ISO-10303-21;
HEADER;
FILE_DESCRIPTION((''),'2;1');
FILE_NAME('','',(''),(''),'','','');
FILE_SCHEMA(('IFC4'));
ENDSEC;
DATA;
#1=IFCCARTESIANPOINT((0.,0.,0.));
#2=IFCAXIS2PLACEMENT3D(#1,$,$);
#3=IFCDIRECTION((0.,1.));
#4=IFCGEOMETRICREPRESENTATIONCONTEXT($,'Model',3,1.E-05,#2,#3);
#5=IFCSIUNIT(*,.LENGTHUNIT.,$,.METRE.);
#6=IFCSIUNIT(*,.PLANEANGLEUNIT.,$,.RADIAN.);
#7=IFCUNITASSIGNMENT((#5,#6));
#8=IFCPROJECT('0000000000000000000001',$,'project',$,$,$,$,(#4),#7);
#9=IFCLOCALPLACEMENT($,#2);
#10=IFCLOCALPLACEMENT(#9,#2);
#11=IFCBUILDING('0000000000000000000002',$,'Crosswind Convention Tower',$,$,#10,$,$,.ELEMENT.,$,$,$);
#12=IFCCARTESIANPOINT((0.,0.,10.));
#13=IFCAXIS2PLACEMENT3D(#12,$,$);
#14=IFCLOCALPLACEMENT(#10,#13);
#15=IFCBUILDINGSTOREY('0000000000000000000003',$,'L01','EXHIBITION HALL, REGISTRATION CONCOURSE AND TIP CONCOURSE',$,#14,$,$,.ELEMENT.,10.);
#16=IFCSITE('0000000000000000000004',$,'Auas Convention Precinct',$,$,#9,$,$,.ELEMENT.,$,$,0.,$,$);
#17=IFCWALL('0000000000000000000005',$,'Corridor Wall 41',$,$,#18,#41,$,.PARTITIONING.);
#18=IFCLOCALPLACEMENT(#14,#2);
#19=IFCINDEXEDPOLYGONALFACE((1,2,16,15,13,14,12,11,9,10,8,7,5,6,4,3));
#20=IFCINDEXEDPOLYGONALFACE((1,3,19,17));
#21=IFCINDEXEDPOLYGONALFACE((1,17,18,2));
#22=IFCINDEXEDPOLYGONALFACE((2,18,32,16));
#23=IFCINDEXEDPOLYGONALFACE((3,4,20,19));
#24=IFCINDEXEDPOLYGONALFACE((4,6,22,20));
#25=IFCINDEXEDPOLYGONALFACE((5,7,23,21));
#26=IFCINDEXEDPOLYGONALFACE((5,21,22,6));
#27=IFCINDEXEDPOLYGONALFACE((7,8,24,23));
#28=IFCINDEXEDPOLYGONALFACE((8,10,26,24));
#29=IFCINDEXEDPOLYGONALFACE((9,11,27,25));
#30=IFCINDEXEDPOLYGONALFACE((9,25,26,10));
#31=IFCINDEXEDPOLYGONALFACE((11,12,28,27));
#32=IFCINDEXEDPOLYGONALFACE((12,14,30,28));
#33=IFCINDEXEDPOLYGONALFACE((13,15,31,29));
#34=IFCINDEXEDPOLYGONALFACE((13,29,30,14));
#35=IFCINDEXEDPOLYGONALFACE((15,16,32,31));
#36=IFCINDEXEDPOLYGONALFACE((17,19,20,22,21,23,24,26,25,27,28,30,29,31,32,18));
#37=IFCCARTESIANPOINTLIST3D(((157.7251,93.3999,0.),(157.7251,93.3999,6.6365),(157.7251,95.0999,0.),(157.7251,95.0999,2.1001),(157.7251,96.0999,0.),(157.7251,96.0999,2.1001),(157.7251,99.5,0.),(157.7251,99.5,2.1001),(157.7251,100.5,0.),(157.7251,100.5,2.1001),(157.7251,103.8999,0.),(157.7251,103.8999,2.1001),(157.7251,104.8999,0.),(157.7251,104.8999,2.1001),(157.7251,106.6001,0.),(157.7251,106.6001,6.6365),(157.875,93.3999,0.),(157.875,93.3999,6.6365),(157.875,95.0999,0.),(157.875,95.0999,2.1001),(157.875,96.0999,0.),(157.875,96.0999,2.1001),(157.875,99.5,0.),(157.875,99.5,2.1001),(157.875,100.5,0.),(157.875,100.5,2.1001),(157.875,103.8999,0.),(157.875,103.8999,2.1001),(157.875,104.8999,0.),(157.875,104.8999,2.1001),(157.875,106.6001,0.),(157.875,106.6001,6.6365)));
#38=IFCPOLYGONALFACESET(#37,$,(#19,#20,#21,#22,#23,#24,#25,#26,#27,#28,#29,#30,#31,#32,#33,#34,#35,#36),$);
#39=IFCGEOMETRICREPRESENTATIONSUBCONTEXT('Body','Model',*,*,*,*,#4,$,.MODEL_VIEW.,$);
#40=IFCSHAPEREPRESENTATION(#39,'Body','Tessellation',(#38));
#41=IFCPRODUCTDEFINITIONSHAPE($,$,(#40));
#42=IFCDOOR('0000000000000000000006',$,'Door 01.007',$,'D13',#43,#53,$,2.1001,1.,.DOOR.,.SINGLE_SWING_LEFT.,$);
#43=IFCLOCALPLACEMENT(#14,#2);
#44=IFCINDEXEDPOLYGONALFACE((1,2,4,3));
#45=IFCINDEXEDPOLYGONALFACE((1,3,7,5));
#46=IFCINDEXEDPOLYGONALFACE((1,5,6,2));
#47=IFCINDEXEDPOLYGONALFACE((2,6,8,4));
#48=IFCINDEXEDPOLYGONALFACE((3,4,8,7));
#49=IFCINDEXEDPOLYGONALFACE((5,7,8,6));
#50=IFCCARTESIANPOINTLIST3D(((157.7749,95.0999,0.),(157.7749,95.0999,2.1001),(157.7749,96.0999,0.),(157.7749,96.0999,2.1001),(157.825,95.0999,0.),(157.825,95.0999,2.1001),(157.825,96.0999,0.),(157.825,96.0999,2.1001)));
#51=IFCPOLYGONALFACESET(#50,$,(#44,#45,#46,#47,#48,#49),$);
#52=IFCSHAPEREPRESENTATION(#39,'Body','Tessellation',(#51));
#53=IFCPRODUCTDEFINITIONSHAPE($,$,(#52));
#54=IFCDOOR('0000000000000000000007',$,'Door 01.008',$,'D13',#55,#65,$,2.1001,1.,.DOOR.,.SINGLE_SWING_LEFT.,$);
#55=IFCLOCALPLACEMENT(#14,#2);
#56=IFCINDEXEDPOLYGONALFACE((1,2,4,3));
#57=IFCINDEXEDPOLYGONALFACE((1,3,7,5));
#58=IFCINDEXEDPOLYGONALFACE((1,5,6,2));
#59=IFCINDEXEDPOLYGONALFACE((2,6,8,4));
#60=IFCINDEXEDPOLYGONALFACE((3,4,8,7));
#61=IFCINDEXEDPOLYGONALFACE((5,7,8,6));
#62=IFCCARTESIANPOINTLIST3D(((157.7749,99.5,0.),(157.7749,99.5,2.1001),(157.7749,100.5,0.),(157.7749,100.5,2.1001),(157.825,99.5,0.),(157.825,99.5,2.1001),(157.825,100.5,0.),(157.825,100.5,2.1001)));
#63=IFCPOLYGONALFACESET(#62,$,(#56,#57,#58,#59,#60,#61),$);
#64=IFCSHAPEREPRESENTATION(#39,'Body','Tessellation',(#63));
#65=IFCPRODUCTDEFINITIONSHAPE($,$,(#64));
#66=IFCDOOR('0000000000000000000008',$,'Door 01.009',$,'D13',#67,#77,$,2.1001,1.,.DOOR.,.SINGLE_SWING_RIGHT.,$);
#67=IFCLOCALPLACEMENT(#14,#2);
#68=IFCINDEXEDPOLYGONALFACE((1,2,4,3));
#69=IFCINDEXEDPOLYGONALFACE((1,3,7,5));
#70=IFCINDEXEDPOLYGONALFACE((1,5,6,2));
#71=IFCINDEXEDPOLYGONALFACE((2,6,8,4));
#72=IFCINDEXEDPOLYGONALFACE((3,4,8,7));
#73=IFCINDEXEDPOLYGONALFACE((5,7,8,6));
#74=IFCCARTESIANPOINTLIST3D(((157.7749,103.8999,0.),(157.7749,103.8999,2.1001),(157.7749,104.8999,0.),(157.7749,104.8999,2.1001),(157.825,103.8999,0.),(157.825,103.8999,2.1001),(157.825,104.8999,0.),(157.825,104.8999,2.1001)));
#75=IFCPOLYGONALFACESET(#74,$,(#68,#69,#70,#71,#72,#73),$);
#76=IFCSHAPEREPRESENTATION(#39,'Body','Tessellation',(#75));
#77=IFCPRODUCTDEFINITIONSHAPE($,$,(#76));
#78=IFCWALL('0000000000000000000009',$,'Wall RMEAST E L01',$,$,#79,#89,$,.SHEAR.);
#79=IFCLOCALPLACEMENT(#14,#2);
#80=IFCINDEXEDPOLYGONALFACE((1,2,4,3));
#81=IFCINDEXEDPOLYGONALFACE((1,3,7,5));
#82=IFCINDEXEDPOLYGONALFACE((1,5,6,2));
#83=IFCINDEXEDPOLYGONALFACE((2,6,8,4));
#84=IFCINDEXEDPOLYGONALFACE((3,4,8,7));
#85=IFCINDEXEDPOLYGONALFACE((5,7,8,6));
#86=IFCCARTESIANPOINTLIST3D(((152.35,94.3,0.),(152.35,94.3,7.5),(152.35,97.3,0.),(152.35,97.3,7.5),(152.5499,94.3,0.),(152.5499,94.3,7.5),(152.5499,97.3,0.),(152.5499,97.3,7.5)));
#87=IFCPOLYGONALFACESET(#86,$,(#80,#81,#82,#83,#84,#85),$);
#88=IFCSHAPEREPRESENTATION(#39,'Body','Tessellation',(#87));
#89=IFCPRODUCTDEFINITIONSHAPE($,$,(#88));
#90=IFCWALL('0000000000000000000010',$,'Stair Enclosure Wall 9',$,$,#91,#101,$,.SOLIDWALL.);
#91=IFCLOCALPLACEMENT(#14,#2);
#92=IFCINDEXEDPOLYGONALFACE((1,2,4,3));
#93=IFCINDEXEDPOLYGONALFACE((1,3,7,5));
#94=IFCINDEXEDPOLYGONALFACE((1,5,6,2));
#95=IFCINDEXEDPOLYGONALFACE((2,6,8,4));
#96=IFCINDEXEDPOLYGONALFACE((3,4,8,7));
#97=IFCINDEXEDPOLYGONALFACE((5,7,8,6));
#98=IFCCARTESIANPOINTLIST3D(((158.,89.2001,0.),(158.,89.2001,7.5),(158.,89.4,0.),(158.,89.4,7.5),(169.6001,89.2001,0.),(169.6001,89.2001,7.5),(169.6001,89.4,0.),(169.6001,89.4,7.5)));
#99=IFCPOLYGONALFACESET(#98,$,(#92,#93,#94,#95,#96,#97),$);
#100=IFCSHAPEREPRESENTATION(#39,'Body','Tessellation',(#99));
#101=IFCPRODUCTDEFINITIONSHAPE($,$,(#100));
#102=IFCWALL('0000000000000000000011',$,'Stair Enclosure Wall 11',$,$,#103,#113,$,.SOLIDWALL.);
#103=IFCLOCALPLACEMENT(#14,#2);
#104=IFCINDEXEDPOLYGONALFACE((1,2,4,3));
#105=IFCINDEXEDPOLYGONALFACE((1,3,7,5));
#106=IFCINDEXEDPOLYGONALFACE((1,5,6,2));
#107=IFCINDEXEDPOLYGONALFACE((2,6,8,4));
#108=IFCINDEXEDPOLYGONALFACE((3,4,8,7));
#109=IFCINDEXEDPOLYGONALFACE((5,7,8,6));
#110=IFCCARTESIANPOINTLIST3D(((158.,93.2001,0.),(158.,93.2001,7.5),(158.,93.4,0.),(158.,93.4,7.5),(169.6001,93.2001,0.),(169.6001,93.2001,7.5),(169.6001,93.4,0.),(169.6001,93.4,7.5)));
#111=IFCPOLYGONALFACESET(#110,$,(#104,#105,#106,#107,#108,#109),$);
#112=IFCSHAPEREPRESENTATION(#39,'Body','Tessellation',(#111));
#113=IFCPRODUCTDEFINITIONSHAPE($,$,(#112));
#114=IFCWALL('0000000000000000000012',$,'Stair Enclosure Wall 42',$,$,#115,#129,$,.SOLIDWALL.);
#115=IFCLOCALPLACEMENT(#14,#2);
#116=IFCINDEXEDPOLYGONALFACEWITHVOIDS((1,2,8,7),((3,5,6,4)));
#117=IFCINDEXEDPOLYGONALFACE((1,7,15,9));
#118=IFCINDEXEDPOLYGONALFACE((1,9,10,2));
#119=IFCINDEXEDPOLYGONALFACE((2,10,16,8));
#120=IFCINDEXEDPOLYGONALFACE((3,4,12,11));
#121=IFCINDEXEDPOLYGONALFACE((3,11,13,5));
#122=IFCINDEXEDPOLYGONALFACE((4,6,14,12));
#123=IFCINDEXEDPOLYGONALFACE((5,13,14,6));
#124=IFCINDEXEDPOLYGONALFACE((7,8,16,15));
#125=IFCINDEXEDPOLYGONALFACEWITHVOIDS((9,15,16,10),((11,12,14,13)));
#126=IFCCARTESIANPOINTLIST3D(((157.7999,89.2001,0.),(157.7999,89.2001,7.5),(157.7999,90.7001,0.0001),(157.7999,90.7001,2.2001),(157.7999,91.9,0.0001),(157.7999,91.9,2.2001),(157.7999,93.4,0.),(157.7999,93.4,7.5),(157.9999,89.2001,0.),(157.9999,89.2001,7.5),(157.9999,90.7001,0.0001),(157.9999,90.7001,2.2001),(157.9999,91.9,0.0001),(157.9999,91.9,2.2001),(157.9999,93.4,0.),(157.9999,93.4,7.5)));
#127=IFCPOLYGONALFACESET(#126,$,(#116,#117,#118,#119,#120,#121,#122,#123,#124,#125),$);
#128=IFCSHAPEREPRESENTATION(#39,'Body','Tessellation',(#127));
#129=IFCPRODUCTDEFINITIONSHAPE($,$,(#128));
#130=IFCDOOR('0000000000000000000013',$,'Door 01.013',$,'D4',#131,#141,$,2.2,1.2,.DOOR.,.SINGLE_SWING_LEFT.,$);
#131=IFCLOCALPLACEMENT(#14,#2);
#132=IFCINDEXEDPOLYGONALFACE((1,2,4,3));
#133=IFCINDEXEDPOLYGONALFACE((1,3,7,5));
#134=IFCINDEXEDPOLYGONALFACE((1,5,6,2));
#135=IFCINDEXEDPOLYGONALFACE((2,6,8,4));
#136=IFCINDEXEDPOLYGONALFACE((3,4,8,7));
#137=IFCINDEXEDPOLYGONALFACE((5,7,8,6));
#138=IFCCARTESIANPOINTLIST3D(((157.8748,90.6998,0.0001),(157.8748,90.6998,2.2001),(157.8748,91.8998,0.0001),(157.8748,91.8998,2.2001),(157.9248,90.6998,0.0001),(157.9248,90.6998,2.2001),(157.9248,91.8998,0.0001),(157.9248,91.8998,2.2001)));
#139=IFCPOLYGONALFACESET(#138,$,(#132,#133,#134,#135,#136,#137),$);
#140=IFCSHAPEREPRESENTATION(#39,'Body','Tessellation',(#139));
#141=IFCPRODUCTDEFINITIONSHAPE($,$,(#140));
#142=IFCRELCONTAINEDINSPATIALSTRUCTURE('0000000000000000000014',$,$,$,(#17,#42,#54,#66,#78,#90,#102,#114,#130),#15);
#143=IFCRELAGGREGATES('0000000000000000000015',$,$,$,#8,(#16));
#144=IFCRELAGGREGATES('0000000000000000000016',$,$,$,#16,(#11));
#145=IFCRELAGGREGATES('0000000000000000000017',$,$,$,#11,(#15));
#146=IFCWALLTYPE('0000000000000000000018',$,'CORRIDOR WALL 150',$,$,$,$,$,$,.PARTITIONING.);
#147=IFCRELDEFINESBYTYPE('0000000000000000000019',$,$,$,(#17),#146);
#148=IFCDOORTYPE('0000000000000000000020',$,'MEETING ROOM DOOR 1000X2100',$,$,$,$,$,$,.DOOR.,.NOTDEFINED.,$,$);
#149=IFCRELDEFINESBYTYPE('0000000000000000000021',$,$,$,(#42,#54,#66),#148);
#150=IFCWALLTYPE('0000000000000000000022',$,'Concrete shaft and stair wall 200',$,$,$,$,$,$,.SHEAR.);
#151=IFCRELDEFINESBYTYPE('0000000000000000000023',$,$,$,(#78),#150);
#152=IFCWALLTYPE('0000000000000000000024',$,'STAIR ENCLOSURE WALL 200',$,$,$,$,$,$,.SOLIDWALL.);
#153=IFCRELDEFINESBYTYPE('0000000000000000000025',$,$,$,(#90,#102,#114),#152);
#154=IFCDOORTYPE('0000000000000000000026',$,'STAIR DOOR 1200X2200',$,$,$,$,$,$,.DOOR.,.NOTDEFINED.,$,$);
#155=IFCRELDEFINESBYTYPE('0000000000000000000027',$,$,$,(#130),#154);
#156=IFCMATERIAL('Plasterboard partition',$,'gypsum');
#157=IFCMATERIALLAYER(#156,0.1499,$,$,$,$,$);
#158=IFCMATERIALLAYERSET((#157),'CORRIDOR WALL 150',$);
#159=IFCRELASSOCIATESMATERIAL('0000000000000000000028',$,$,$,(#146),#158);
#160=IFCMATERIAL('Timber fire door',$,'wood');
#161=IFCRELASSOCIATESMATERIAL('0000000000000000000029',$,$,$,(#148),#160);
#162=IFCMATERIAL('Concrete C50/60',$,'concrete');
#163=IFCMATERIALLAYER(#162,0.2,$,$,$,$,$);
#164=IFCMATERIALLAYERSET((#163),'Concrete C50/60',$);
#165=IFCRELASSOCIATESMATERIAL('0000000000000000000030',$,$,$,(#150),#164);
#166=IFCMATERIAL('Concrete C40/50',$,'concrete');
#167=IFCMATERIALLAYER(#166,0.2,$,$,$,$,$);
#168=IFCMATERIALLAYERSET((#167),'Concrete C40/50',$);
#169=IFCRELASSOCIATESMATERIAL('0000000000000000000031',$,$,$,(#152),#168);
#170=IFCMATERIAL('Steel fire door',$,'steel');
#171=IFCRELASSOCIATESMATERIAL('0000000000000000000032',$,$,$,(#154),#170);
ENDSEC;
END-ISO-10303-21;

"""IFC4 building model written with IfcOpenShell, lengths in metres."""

from ifc_helpers import new_model, si_unit, direction, frame, frame_2d, origin, place, context, subcontext, project, spatial, rectangle, extrude, material, layer, layer_set, type_object, element, fill, save


model = new_model("IFC4")

# Units and contexts
model_context = context("Model", 3, precision=1e-05, world=origin(), true_north=direction((0.0, 1.0)))
body_context = subcontext(model_context, "Body", "Model", "MODEL_VIEW")
ifc_project = project(units=[si_unit("LENGTHUNIT", "METRE"), si_unit("PLANEANGLEUNIT", "RADIAN")], contexts=[model_context])

# Site, building, storey
site_placement = place(None, origin())
site = spatial("IfcSite", under=ifc_project, at=site_placement, Name="Auas Convention Precinct", CompositionType="ELEMENT", RefElevation=0.0)
building_placement = place(site_placement, origin())
building = spatial("IfcBuilding", under=site, at=building_placement, Name="Crosswind Convention Tower", CompositionType="ELEMENT")
storey_placement = place(building_placement, frame((0.0, 0.0, 10.0)))
storey = spatial("IfcBuildingStorey", under=building, at=storey_placement, Name="L01", Description="EXHIBITION HALL, REGISTRATION CONCOURSE AND TIP CONCOURSE", CompositionType="ELEMENT", Elevation=10.0)

# Wall, openings, doors
ifc_material_1 = material(Name="Plasterboard partition", Category="gypsum")
ifc_layer_1 = layer(ifc_material_1, 0.1499)
ifc_layer_set_1 = layer_set([ifc_layer_1], Name="CORRIDOR WALL 150")
wall_type_1 = type_object("IfcWallType", Name="CORRIDOR WALL 150", PredefinedType="PARTITIONING", material=ifc_layer_set_1)
wall_1_placement = place(storey_placement, frame((157.8, 93.3999, 0.0), z_axis=(0.0, 0.0, 1.0), x_axis=(0.0, 1.0, 0.0)))
wall_1 = element("IfcWall", 1, at=wall_1_placement, inside=storey, type_object=wall_type_1, Name="Corridor Wall 41", PredefinedType="PARTITIONING", context=body_context, shape_type="SweptSolid", body=[
    extrude(rectangle(XDim=13.2002, YDim=0.1499, at=frame_2d((6.6001, 0.0))), origin(), (0.0, 0.0, 1.0), 6.6365),
])
opening_1_placement = place(wall_1_placement, frame((1.7, 0.0, 0.0)))
opening_1 = element("IfcOpeningElement", 2, at=opening_1_placement, cuts=wall_1, PredefinedType="OPENING", context=body_context, shape_type="SweptSolid", body=[
    extrude(rectangle(XDim=1.0, YDim=2.1001, at=frame_2d((0.5, 1.05))), frame((0.0, 0.085, 0.0), z_axis=(0.0, -1.0, 0.0), x_axis=(1.0, 0.0, 0.0)), (0.0, 0.0, 1.0), 0.1699),
])
opening_2_placement = place(wall_1_placement, frame((6.1001, 0.0, 0.0)))
opening_2 = element("IfcOpeningElement", 3, at=opening_2_placement, cuts=wall_1, PredefinedType="OPENING", context=body_context, shape_type="SweptSolid", body=[
    extrude(rectangle(XDim=1.0, YDim=2.1001, at=frame_2d((0.5, 1.05))), frame((0.0, 0.085, 0.0), z_axis=(0.0, -1.0, 0.0), x_axis=(1.0, 0.0, 0.0)), (0.0, 0.0, 1.0), 0.1699),
])
opening_3_placement = place(wall_1_placement, frame((10.5, 0.0, 0.0)))
opening_3 = element("IfcOpeningElement", 4, at=opening_3_placement, cuts=wall_1, PredefinedType="OPENING", context=body_context, shape_type="SweptSolid", body=[
    extrude(rectangle(XDim=1.0, YDim=2.1001, at=frame_2d((0.5, 1.05))), frame((0.0, 0.085, 0.0), z_axis=(0.0, -1.0, 0.0), x_axis=(1.0, 0.0, 0.0)), (0.0, 0.0, 1.0), 0.1699),
])
ifc_material_2 = material(Name="Timber fire door", Category="wood")
door_type_1 = type_object("IfcDoorType", Name="MEETING ROOM DOOR 1000X2100", OperationType="NOTDEFINED", PredefinedType="DOOR", material=ifc_material_2)
door_1_placement = place(opening_1_placement, frame((1.0, 0.0, 0.0), z_axis=(0.0, 0.0, 1.0), x_axis=(-1.0, 0.0, 0.0)))
door_1 = element("IfcDoor", 5, at=door_1_placement, inside=storey, type_object=door_type_1, Name="Door 01.007", ObjectType="D13", OperationType="SINGLE_SWING_LEFT", OverallHeight=2.1001, OverallWidth=1.0, PredefinedType="DOOR", context=body_context, shape_type="SweptSolid", body=[
    extrude(rectangle(XDim=1.0, YDim=2.1001, at=frame_2d((0.5, 1.05))), frame((0.0, 0.0249, 0.0), z_axis=(0.0, -1.0, 0.0), x_axis=(1.0, 0.0, 0.0)), (0.0, 0.0, 1.0), 0.05),
])
fill(opening_1, door_1)
door_2_placement = place(opening_2_placement, frame((1.0, 0.0, 0.0), z_axis=(0.0, 0.0, 1.0), x_axis=(-1.0, 0.0, 0.0)))
door_2 = element("IfcDoor", 6, at=door_2_placement, inside=storey, type_object=door_type_1, Name="Door 01.008", ObjectType="D13", OperationType="SINGLE_SWING_LEFT", OverallHeight=2.1001, OverallWidth=1.0, PredefinedType="DOOR", context=body_context, shape_type="SweptSolid", body=[
    extrude(rectangle(XDim=1.0, YDim=2.1001, at=frame_2d((0.5, 1.05))), frame((0.0, 0.0249, 0.0), z_axis=(0.0, -1.0, 0.0), x_axis=(1.0, 0.0, 0.0)), (0.0, 0.0, 1.0), 0.05),
])
fill(opening_2, door_2)
door_3_placement = place(opening_3_placement, frame((1.0, 0.0, 0.0), z_axis=(0.0, 0.0, 1.0), x_axis=(-1.0, 0.0, 0.0)))
door_3 = element("IfcDoor", 7, at=door_3_placement, inside=storey, type_object=door_type_1, Name="Door 01.009", ObjectType="D13", OperationType="SINGLE_SWING_RIGHT", OverallHeight=2.1001, OverallWidth=1.0, PredefinedType="DOOR", context=body_context, shape_type="SweptSolid", body=[
    extrude(rectangle(XDim=1.0, YDim=2.1001, at=frame_2d((0.5, 1.05))), frame((0.0, 0.0249, 0.0), z_axis=(0.0, -1.0, 0.0), x_axis=(1.0, 0.0, 0.0)), (0.0, 0.0, 1.0), 0.05),
])
fill(opening_3, door_3)

# Walls
ifc_material_3 = material(Name="Concrete C50/60", Category="concrete")
ifc_layer_2 = layer(ifc_material_3, 0.2)
ifc_layer_set_2 = layer_set([ifc_layer_2], Name="Concrete C50/60")
wall_type_2 = type_object("IfcWallType", Name="Concrete shaft and stair wall 200", PredefinedType="SHEAR", material=ifc_layer_set_2)
wall_2_placement = place(storey_placement, frame((152.45, 94.3, 0.0), z_axis=(0.0, 0.0, 1.0), x_axis=(0.0, 1.0, 0.0)))
element("IfcWall", 8, at=wall_2_placement, inside=storey, type_object=wall_type_2, Name="Wall RMEAST E L01", PredefinedType="SHEAR", context=body_context, shape_type="SweptSolid", body=[
    extrude(rectangle(XDim=3.0, YDim=0.2, at=frame_2d((1.5, 0.0))), origin(), (0.0, 0.0, 1.0), 7.5),
])
ifc_material_4 = material(Name="Concrete C40/50", Category="concrete")
ifc_layer_3 = layer(ifc_material_4, 0.2)
ifc_layer_set_3 = layer_set([ifc_layer_3], Name="Concrete C40/50")
wall_type_3 = type_object("IfcWallType", Name="STAIR ENCLOSURE WALL 200", PredefinedType="SOLIDWALL", material=ifc_layer_set_3)
for number, where, z_axis, x_axis, name in (
    (9, (158.0, 89.3, 0.0), (0.0, 0.0, 1.0), (1.0, 0.0, 0.0), "Stair Enclosure Wall 9"),
    (10, (158.0, 93.3, 0.0), (0.0, 0.0, 1.0), (1.0, 0.0, 0.0), "Stair Enclosure Wall 11"),
):
    element("IfcWall", number, at=place(storey_placement, frame(where, z_axis=z_axis, x_axis=x_axis)), inside=storey, type_object=wall_type_3, Name=name, PredefinedType="SOLIDWALL", context=body_context, shape_type="SweptSolid", body=[
        extrude(rectangle(XDim=11.6001, YDim=0.2, at=frame_2d((5.8, 0.0))), origin(), (0.0, 0.0, 1.0), 7.5),
    ])

# Wall, opening, door
wall_3_placement = place(storey_placement, frame((157.8999, 89.2, 0.0), z_axis=(0.0, 0.0, 1.0), x_axis=(0.0, 1.0, 0.0)))
wall_3 = element("IfcWall", 11, at=wall_3_placement, inside=storey, type_object=wall_type_3, Name="Stair Enclosure Wall 42", PredefinedType="SOLIDWALL", context=body_context, shape_type="SweptSolid", body=[
    extrude(rectangle(XDim=4.2, YDim=0.2, at=frame_2d((2.1001, 0.0))), origin(), (0.0, 0.0, 1.0), 7.5),
])
opening_4_placement = place(wall_3_placement, frame((1.5, 0.0, 0.0)))
opening_4 = element("IfcOpeningElement", 12, at=opening_4_placement, cuts=wall_3, PredefinedType="OPENING", context=body_context, shape_type="SweptSolid", body=[
    extrude(rectangle(XDim=1.2, YDim=2.2, at=frame_2d((0.6001, 1.1001))), frame((0.0, 0.1099, 0.0), z_axis=(0.0, -1.0, 0.0), x_axis=(1.0, 0.0, 0.0)), (0.0, 0.0, 1.0), 0.22),
])
ifc_material_5 = material(Name="Steel fire door", Category="steel")
door_type_2 = type_object("IfcDoorType", Name="STAIR DOOR 1200X2200", OperationType="NOTDEFINED", PredefinedType="DOOR", material=ifc_material_5)
door_4_placement = place(opening_4_placement, frame((1.2, 0.0, 0.0), z_axis=(0.0, 0.0, 1.0), x_axis=(-1.0, 0.0, 0.0)))
door_4 = element("IfcDoor", 13, at=door_4_placement, inside=storey, type_object=door_type_2, Name="Door 01.013", ObjectType="D4", OperationType="SINGLE_SWING_LEFT", OverallHeight=2.2, OverallWidth=1.2, PredefinedType="DOOR", context=body_context, shape_type="SweptSolid", body=[
    extrude(rectangle(XDim=1.2, YDim=2.2, at=frame_2d((0.6001, 1.1001))), frame((0.0, 0.0249, 0.0), z_axis=(0.0, -1.0, 0.0), x_axis=(1.0, 0.0, 0.0)), (0.0, 0.0, 1.0), 0.05),
])
fill(opening_4, door_4)

save(model, "model.ifc")
